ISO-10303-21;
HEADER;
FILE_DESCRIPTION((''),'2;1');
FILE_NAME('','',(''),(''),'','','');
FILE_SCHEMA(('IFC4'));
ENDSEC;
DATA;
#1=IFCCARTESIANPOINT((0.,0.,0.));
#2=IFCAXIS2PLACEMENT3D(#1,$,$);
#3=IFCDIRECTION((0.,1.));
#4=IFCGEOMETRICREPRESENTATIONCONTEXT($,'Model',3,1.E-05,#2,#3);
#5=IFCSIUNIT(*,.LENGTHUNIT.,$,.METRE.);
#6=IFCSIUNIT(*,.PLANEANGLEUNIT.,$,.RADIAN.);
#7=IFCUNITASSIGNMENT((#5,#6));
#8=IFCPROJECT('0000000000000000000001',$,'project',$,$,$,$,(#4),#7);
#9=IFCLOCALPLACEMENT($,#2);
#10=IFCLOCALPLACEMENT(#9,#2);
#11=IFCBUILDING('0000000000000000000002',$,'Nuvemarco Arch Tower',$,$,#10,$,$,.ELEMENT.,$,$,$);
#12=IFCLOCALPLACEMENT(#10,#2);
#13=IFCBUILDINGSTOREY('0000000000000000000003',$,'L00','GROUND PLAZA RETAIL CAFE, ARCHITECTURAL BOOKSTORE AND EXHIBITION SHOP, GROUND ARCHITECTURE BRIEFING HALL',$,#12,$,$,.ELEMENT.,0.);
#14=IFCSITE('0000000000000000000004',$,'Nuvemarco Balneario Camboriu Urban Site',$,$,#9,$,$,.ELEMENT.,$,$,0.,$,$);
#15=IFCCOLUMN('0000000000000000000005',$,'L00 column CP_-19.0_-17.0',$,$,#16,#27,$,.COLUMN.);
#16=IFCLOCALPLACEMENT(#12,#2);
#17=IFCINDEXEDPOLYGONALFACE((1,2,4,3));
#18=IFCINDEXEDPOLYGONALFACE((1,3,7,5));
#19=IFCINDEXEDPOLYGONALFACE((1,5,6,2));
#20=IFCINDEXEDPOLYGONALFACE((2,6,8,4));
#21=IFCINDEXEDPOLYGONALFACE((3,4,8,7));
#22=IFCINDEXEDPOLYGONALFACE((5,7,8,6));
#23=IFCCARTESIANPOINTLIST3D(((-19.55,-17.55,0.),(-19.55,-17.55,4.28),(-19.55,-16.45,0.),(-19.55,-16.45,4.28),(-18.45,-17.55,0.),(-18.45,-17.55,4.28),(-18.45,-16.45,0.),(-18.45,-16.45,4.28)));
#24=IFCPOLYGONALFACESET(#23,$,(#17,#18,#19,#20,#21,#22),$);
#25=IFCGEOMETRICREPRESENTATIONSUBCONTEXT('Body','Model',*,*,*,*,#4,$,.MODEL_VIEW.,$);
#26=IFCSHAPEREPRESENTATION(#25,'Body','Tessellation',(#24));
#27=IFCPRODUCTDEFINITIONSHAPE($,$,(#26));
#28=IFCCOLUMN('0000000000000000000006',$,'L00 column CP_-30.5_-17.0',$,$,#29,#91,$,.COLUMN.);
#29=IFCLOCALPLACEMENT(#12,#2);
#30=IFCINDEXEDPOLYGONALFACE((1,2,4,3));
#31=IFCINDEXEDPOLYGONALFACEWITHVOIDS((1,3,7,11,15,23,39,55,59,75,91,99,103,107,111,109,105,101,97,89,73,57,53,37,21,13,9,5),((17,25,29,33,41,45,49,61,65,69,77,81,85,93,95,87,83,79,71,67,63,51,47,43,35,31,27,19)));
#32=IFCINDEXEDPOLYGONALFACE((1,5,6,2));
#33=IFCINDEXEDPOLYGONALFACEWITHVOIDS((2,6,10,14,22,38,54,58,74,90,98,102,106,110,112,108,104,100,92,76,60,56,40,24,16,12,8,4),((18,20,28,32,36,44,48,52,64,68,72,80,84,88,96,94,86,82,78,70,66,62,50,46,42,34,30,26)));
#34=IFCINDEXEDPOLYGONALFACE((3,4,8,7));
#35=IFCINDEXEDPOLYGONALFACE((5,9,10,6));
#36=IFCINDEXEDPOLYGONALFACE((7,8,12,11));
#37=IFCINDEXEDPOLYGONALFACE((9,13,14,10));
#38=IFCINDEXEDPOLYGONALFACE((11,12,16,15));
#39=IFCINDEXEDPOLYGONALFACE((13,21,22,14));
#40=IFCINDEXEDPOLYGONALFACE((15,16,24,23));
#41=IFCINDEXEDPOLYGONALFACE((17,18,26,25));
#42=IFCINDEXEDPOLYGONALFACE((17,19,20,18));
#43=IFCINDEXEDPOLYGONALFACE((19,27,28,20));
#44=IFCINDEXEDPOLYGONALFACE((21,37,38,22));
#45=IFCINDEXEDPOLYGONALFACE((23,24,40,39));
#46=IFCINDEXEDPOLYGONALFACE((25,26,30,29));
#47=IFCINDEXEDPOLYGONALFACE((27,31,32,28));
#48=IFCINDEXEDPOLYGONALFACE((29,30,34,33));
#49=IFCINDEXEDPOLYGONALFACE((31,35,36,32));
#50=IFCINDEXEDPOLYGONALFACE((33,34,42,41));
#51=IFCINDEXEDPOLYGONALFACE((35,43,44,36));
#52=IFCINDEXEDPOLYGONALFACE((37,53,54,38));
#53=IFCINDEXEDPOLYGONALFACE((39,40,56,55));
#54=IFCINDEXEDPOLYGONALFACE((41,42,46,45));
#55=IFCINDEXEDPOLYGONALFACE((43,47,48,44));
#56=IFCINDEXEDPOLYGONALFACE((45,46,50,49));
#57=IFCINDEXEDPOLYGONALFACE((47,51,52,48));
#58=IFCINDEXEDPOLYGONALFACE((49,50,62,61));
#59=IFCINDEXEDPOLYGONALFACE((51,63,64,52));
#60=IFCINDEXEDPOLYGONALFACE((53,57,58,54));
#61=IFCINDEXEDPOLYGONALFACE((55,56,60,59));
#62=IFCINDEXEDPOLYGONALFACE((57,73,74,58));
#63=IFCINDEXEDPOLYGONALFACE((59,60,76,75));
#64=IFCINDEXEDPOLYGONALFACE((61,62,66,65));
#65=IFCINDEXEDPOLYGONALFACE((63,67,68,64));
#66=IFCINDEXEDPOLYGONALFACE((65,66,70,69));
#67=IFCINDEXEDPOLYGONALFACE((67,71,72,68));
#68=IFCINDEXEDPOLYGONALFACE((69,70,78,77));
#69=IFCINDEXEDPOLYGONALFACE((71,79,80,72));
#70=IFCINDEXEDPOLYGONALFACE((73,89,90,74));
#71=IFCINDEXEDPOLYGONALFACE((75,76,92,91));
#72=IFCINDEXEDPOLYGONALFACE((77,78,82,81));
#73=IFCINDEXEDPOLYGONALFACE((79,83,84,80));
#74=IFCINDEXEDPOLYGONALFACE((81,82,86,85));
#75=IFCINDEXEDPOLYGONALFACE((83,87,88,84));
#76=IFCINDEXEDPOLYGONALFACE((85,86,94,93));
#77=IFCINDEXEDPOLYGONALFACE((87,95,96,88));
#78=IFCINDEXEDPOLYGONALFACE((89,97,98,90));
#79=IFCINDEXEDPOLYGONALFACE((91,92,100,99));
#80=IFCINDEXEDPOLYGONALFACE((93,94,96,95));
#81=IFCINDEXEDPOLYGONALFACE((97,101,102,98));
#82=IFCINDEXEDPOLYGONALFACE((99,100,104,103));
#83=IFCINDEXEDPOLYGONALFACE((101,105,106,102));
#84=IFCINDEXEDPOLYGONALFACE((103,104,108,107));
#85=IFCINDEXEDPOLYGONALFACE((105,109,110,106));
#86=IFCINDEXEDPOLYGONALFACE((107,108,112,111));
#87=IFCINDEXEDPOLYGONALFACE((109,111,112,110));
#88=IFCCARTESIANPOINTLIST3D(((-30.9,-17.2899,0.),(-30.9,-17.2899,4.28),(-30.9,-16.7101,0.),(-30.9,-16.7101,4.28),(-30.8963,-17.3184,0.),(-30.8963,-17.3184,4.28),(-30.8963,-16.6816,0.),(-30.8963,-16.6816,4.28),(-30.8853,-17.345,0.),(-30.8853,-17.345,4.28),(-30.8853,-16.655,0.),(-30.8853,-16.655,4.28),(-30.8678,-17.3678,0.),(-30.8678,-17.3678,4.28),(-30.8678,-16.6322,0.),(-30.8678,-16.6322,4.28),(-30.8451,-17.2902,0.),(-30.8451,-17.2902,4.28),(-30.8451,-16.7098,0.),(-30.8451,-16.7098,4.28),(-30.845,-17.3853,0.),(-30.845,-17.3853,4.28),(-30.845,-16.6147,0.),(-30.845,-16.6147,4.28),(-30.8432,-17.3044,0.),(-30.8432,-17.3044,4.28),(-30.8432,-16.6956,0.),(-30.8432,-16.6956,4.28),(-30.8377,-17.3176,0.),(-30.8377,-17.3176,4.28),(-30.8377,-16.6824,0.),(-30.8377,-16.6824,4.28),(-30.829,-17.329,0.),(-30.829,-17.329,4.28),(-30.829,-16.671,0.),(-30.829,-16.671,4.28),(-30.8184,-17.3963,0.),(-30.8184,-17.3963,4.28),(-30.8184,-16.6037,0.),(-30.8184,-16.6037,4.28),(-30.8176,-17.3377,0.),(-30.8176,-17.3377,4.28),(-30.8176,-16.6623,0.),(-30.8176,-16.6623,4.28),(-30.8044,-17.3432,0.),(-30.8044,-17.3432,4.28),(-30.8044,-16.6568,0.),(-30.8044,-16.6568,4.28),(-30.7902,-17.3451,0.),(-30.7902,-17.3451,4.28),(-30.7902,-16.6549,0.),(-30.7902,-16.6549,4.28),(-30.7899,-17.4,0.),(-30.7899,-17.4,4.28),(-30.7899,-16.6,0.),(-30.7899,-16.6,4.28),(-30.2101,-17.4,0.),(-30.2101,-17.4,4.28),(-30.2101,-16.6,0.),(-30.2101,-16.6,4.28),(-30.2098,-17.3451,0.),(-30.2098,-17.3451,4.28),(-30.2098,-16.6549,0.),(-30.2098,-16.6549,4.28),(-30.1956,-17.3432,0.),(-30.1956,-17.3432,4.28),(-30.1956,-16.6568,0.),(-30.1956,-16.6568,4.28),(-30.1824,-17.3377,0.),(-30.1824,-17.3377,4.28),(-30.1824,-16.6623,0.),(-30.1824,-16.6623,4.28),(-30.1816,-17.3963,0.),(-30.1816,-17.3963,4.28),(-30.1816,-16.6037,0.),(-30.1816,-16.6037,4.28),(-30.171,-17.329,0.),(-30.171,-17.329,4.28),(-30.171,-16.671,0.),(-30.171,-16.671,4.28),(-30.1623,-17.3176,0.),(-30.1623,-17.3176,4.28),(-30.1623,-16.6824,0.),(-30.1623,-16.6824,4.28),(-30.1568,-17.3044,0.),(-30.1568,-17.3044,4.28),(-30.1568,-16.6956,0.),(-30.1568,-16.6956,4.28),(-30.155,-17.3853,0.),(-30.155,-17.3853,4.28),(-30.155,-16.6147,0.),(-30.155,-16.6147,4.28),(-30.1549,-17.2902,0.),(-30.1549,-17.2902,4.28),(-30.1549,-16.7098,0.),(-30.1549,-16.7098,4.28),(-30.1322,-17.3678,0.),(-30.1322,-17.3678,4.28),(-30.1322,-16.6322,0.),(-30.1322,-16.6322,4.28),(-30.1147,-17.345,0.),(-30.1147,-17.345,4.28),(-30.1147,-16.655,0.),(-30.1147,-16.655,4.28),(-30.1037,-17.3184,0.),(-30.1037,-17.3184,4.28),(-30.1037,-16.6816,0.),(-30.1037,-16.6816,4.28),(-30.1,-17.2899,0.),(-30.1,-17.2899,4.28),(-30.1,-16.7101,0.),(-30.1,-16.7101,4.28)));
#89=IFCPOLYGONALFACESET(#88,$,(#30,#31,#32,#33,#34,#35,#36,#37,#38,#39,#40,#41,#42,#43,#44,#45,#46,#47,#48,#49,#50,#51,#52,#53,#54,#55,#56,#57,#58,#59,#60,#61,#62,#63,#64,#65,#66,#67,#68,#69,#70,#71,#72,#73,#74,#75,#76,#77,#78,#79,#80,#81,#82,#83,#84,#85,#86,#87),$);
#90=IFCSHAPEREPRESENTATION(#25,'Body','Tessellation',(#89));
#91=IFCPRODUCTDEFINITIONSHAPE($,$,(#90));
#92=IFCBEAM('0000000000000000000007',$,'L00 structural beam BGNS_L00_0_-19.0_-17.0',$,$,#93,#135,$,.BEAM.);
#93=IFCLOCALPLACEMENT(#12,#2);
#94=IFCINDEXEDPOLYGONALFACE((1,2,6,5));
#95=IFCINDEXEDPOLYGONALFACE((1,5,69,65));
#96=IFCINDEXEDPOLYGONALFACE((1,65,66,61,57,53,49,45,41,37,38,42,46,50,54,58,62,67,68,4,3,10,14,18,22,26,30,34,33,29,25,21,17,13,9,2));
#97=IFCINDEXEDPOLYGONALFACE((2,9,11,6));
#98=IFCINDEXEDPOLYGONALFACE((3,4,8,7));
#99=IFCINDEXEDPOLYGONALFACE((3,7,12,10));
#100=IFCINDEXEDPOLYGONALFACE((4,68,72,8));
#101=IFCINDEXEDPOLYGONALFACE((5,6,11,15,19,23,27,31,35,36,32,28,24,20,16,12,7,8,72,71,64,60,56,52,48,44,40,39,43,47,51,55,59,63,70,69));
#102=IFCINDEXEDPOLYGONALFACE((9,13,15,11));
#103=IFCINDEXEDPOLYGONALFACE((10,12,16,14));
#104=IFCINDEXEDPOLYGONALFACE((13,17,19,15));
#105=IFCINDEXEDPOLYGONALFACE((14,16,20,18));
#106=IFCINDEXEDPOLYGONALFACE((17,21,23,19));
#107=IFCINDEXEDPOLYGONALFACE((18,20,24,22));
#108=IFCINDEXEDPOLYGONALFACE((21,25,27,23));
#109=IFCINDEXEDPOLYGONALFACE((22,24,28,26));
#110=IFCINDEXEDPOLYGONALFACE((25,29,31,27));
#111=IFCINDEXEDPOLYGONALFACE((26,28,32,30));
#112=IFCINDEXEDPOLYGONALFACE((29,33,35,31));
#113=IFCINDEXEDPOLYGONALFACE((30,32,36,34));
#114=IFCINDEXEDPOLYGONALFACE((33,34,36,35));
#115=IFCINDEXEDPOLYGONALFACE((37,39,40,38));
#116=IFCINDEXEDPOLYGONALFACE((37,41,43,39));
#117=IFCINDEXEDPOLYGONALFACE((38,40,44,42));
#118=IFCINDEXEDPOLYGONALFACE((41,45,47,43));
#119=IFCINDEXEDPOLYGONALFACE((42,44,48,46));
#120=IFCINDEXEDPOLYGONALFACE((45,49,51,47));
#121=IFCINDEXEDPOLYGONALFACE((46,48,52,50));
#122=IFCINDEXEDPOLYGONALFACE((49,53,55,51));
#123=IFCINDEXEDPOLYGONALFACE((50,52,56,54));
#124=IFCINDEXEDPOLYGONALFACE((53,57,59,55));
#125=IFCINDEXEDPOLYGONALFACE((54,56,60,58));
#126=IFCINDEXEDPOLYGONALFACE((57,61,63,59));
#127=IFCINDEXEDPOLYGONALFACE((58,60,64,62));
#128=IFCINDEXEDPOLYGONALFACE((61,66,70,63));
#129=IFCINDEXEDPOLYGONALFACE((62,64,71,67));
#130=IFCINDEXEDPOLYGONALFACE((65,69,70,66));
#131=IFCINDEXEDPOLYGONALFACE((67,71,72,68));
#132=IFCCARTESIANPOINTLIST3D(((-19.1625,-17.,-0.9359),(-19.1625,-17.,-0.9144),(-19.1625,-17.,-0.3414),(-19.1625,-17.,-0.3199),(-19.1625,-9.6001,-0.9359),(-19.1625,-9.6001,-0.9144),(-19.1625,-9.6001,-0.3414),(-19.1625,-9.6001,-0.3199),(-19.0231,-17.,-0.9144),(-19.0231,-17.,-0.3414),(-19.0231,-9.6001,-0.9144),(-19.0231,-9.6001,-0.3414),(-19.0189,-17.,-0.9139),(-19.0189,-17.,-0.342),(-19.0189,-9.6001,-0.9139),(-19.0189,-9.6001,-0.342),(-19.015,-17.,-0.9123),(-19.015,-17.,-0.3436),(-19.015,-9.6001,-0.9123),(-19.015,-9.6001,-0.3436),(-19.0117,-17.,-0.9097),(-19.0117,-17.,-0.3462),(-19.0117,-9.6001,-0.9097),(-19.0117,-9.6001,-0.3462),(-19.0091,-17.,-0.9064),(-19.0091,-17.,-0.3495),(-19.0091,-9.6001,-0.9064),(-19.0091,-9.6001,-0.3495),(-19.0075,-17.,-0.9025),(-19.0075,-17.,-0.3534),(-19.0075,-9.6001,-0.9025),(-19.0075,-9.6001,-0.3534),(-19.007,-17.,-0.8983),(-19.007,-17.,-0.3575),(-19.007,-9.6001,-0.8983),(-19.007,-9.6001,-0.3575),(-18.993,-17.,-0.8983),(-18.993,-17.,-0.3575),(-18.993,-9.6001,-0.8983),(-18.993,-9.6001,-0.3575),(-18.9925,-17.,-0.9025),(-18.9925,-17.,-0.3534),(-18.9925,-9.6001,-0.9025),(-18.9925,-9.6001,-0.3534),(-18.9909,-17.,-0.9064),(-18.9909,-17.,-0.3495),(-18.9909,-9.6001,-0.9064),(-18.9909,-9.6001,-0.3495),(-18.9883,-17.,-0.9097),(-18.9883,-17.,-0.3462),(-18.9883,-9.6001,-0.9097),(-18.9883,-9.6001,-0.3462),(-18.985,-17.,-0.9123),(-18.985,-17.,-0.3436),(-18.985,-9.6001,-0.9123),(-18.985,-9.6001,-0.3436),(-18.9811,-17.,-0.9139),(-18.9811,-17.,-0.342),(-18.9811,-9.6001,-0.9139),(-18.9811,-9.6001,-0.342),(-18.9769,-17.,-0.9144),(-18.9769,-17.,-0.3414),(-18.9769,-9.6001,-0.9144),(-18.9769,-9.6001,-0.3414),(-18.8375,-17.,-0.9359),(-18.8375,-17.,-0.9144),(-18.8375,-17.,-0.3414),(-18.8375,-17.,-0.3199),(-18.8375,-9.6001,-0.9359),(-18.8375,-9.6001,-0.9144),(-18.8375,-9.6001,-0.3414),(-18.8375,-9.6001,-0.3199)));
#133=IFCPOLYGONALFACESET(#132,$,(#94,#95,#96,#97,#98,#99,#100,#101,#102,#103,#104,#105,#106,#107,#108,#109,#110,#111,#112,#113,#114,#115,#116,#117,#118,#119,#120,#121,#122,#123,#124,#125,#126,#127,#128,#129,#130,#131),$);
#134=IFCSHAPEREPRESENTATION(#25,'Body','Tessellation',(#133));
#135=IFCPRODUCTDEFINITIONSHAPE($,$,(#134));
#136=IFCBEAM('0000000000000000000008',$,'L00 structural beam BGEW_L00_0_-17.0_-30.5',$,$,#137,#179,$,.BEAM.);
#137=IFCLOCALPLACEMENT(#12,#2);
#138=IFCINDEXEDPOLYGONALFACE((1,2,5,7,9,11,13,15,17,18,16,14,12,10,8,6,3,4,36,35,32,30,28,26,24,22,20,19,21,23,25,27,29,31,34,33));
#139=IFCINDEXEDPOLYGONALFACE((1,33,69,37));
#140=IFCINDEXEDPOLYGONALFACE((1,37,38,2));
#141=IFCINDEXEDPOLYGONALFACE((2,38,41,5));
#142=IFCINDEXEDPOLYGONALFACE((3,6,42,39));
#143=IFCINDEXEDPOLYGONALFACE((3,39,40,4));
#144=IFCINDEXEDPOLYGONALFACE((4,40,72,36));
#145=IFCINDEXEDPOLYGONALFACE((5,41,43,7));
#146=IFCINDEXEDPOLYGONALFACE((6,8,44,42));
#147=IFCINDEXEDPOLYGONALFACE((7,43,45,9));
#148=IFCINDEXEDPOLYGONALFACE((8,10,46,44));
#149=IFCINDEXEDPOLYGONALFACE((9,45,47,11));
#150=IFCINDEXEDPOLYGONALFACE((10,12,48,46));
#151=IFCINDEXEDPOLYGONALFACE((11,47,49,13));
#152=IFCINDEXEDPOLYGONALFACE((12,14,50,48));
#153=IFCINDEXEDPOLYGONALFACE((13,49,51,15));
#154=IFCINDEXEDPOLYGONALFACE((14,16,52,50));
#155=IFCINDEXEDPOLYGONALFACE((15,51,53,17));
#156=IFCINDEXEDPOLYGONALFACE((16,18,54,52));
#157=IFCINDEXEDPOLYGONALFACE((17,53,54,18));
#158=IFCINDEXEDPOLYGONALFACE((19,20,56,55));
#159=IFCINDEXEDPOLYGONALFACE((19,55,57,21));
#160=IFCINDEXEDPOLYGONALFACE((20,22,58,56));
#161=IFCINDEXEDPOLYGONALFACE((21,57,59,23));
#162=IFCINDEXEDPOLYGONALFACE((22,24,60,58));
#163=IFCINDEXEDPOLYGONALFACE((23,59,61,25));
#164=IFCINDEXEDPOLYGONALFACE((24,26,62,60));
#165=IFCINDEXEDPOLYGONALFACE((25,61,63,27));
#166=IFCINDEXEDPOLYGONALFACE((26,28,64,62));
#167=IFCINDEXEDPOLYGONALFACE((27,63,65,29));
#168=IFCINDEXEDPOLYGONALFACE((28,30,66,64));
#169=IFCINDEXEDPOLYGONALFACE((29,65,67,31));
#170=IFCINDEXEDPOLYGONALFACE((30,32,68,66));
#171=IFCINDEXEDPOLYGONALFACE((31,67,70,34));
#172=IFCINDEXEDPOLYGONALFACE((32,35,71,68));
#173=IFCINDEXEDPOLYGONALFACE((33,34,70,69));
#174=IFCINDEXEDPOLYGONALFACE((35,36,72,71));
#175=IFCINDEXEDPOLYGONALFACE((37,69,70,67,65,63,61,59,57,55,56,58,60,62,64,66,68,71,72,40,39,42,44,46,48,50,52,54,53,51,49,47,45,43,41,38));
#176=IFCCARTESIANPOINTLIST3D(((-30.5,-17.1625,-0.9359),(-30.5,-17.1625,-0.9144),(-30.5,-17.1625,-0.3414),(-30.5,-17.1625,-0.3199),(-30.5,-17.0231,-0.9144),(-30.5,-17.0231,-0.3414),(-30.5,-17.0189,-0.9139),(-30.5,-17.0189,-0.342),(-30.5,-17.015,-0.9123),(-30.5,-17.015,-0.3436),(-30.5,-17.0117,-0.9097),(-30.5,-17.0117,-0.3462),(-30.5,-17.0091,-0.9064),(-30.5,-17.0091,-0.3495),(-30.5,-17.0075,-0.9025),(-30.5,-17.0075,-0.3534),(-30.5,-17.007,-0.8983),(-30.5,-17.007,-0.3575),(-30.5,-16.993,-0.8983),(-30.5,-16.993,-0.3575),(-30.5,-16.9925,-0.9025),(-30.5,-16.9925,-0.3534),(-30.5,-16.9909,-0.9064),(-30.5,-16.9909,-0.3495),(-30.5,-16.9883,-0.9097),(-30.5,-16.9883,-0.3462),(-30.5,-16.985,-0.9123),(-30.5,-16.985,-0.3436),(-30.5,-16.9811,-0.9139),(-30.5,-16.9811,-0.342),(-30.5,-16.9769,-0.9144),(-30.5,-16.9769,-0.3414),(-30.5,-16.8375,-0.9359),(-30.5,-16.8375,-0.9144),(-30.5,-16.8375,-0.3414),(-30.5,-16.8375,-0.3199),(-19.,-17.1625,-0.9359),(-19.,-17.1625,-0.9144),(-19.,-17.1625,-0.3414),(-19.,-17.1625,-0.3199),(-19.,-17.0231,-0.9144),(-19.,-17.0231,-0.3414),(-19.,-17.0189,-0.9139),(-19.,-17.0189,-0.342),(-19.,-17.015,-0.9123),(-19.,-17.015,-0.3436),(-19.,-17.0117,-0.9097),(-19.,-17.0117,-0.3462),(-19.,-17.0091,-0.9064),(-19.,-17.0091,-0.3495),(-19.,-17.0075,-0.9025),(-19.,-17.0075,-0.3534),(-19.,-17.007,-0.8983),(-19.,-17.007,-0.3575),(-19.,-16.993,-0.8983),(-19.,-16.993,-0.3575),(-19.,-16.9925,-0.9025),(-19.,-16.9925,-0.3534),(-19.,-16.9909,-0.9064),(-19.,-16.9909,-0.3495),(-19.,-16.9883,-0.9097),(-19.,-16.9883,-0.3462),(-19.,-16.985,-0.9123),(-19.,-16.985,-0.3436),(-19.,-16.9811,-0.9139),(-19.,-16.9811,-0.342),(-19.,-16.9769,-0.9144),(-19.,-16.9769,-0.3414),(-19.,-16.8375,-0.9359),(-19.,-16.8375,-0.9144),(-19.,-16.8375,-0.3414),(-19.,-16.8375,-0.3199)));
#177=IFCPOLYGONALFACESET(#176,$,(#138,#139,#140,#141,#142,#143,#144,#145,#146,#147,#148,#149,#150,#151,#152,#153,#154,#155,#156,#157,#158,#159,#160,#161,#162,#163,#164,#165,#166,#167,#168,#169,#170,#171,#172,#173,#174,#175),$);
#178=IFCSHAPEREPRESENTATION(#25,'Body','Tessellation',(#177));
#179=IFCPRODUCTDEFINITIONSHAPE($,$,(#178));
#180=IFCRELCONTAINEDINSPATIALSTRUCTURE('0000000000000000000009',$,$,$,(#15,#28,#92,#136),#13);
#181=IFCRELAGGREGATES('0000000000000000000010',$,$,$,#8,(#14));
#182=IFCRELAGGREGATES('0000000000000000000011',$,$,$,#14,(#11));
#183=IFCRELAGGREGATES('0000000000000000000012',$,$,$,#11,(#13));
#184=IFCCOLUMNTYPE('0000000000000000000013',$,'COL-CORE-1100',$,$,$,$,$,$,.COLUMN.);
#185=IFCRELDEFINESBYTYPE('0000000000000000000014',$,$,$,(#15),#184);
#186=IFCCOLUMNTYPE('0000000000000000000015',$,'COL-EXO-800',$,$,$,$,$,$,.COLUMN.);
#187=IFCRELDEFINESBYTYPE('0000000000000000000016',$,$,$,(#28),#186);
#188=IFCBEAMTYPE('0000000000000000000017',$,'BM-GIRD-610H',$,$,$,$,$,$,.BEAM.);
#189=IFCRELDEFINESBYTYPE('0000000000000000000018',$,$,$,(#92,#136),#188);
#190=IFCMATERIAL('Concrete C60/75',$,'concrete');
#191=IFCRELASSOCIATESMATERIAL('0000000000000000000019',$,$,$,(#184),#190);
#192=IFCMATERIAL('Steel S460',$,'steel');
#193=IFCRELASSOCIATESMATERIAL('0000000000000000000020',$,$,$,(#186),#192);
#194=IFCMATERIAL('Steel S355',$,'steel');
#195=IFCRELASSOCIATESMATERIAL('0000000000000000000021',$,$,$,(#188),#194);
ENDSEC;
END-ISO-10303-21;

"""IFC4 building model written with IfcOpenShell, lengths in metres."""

from ifc_helpers import new_model, si_unit, direction, frame, origin, origin_2d, place, context, subcontext, project, spatial, rectangle, hollow_rectangle, i_section, extrude, material, material_profile, profile_set, type_object, element, save


model = new_model("IFC4")

# Units and contexts
model_context = context("Model", 3, precision=1e-05, world=origin(), true_north=direction((0.0, 1.0)))
body_context = subcontext(model_context, "Body", "Model", "MODEL_VIEW")
ifc_project = project(units=[si_unit("LENGTHUNIT", "METRE"), si_unit("PLANEANGLEUNIT", "RADIAN")], contexts=[model_context])

# Site, building, storey
site_placement = place(None, origin())
site = spatial("IfcSite", under=ifc_project, at=site_placement, Name="Nuvemarco Balneario Camboriu Urban Site", CompositionType="ELEMENT", RefElevation=0.0)
building_placement = place(site_placement, origin())
building = spatial("IfcBuilding", under=site, at=building_placement, Name="Nuvemarco Arch Tower", CompositionType="ELEMENT")
storey_placement = place(building_placement, origin())
storey = spatial("IfcBuildingStorey", under=building, at=storey_placement, Name="L00", Description="GROUND PLAZA RETAIL CAFE, ARCHITECTURAL BOOKSTORE AND EXHIBITION SHOP, GROUND ARCHITECTURE BRIEFING HALL", CompositionType="ELEMENT", Elevation=0.0)

# Columns
ifc_material_1 = material(Name="Concrete C60/75", Category="concrete")
ifc_material_profile_1 = material_profile(ifc_material_1, rectangle(XDim=1.1001, YDim=1.1001, at=origin_2d()), Name="RC-COL-1100x1100")
ifc_profile_set_1 = profile_set([ifc_material_profile_1], Name="Concrete C60/75")
column_type_1 = type_object("IfcColumnType", Name="COL-CORE-1100", PredefinedType="COLUMN", material=ifc_profile_set_1)
column_1_placement = place(storey_placement, frame((-19.0, -17.0, 0.0), z_axis=(0.0, 0.0, 1.0), x_axis=(1.0, 0.0, 0.0)))
element("IfcColumn", 1, at=column_1_placement, inside=storey, type_object=column_type_1, Name="L00 column CP_-19.0_-17.0", PredefinedType="COLUMN", context=body_context, shape_type="SweptSolid", body=[
    extrude(rectangle(XDim=1.1001, YDim=1.1001, at=origin_2d()), origin(), (0.0, 0.0, 1.0), 4.28),
])
ifc_material_2 = material(Name="Steel S460", Category="steel")
ifc_material_profile_2 = material_profile(ifc_material_2, hollow_rectangle(XDim=0.8, YDim=0.8, WallThickness=0.0549, InnerFilletRadius=0.0549, OuterFilletRadius=0.1101, at=origin_2d()), Name="SHS800x800x55")
ifc_profile_set_2 = profile_set([ifc_material_profile_2], Name="Steel S460")
column_type_2 = type_object("IfcColumnType", Name="COL-EXO-800", PredefinedType="COLUMN", material=ifc_profile_set_2)
column_2_placement = place(storey_placement, frame((-30.5, -17.0, 0.0), z_axis=(0.0, 0.0, 1.0), x_axis=(1.0, 0.0, 0.0)))
element("IfcColumn", 2, at=column_2_placement, inside=storey, type_object=column_type_2, Name="L00 column CP_-30.5_-17.0", PredefinedType="COLUMN", context=body_context, shape_type="SweptSolid", body=[
    extrude(hollow_rectangle(XDim=0.8, YDim=0.8, WallThickness=0.0549, InnerFilletRadius=0.0549, OuterFilletRadius=0.1101, at=origin_2d()), origin(), (0.0, 0.0, 1.0), 4.28),
])

# Beams
ifc_material_3 = material(Name="Steel S355", Category="steel")
ifc_material_profile_3 = material_profile(ifc_material_3, i_section(OverallWidth=0.325, OverallDepth=0.616, WebThickness=0.0139, FlangeThickness=0.0215, FilletRadius=0.0161, at=origin_2d()), Name="W610x174")
ifc_profile_set_3 = profile_set([ifc_material_profile_3], Name="Steel S355")
beam_type_1 = type_object("IfcBeamType", Name="BM-GIRD-610H", PredefinedType="BEAM", material=ifc_profile_set_3)
beam_1_placement = place(storey_placement, frame((-19.0, -17.0, -0.6279), z_axis=(0.0, 1.0, 0.0), x_axis=(-1.0, 0.0, 0.0)))
element("IfcBeam", 3, at=beam_1_placement, inside=storey, type_object=beam_type_1, Name="L00 structural beam BGNS_L00_0_-19.0_-17.0", PredefinedType="BEAM", context=body_context, shape_type="SweptSolid", body=[
    extrude(i_section(OverallWidth=0.325, OverallDepth=0.616, WebThickness=0.0139, FlangeThickness=0.0215, FilletRadius=0.0161, at=origin_2d()), origin(), (0.0, 0.0, 1.0), 7.3999),
])
beam_2_placement = place(storey_placement, frame((-30.5, -17.0, -0.6279), z_axis=(1.0, 0.0, 0.0), x_axis=(0.0, 1.0, 0.0)))
element("IfcBeam", 4, at=beam_2_placement, inside=storey, type_object=beam_type_1, Name="L00 structural beam BGEW_L00_0_-17.0_-30.5", PredefinedType="BEAM", context=body_context, shape_type="SweptSolid", body=[
    extrude(i_section(OverallWidth=0.325, OverallDepth=0.616, WebThickness=0.0139, FlangeThickness=0.0215, FilletRadius=0.0161, at=origin_2d()), origin(), (0.0, 0.0, 1.0), 11.5),
])

save(model, "model.ifc")
